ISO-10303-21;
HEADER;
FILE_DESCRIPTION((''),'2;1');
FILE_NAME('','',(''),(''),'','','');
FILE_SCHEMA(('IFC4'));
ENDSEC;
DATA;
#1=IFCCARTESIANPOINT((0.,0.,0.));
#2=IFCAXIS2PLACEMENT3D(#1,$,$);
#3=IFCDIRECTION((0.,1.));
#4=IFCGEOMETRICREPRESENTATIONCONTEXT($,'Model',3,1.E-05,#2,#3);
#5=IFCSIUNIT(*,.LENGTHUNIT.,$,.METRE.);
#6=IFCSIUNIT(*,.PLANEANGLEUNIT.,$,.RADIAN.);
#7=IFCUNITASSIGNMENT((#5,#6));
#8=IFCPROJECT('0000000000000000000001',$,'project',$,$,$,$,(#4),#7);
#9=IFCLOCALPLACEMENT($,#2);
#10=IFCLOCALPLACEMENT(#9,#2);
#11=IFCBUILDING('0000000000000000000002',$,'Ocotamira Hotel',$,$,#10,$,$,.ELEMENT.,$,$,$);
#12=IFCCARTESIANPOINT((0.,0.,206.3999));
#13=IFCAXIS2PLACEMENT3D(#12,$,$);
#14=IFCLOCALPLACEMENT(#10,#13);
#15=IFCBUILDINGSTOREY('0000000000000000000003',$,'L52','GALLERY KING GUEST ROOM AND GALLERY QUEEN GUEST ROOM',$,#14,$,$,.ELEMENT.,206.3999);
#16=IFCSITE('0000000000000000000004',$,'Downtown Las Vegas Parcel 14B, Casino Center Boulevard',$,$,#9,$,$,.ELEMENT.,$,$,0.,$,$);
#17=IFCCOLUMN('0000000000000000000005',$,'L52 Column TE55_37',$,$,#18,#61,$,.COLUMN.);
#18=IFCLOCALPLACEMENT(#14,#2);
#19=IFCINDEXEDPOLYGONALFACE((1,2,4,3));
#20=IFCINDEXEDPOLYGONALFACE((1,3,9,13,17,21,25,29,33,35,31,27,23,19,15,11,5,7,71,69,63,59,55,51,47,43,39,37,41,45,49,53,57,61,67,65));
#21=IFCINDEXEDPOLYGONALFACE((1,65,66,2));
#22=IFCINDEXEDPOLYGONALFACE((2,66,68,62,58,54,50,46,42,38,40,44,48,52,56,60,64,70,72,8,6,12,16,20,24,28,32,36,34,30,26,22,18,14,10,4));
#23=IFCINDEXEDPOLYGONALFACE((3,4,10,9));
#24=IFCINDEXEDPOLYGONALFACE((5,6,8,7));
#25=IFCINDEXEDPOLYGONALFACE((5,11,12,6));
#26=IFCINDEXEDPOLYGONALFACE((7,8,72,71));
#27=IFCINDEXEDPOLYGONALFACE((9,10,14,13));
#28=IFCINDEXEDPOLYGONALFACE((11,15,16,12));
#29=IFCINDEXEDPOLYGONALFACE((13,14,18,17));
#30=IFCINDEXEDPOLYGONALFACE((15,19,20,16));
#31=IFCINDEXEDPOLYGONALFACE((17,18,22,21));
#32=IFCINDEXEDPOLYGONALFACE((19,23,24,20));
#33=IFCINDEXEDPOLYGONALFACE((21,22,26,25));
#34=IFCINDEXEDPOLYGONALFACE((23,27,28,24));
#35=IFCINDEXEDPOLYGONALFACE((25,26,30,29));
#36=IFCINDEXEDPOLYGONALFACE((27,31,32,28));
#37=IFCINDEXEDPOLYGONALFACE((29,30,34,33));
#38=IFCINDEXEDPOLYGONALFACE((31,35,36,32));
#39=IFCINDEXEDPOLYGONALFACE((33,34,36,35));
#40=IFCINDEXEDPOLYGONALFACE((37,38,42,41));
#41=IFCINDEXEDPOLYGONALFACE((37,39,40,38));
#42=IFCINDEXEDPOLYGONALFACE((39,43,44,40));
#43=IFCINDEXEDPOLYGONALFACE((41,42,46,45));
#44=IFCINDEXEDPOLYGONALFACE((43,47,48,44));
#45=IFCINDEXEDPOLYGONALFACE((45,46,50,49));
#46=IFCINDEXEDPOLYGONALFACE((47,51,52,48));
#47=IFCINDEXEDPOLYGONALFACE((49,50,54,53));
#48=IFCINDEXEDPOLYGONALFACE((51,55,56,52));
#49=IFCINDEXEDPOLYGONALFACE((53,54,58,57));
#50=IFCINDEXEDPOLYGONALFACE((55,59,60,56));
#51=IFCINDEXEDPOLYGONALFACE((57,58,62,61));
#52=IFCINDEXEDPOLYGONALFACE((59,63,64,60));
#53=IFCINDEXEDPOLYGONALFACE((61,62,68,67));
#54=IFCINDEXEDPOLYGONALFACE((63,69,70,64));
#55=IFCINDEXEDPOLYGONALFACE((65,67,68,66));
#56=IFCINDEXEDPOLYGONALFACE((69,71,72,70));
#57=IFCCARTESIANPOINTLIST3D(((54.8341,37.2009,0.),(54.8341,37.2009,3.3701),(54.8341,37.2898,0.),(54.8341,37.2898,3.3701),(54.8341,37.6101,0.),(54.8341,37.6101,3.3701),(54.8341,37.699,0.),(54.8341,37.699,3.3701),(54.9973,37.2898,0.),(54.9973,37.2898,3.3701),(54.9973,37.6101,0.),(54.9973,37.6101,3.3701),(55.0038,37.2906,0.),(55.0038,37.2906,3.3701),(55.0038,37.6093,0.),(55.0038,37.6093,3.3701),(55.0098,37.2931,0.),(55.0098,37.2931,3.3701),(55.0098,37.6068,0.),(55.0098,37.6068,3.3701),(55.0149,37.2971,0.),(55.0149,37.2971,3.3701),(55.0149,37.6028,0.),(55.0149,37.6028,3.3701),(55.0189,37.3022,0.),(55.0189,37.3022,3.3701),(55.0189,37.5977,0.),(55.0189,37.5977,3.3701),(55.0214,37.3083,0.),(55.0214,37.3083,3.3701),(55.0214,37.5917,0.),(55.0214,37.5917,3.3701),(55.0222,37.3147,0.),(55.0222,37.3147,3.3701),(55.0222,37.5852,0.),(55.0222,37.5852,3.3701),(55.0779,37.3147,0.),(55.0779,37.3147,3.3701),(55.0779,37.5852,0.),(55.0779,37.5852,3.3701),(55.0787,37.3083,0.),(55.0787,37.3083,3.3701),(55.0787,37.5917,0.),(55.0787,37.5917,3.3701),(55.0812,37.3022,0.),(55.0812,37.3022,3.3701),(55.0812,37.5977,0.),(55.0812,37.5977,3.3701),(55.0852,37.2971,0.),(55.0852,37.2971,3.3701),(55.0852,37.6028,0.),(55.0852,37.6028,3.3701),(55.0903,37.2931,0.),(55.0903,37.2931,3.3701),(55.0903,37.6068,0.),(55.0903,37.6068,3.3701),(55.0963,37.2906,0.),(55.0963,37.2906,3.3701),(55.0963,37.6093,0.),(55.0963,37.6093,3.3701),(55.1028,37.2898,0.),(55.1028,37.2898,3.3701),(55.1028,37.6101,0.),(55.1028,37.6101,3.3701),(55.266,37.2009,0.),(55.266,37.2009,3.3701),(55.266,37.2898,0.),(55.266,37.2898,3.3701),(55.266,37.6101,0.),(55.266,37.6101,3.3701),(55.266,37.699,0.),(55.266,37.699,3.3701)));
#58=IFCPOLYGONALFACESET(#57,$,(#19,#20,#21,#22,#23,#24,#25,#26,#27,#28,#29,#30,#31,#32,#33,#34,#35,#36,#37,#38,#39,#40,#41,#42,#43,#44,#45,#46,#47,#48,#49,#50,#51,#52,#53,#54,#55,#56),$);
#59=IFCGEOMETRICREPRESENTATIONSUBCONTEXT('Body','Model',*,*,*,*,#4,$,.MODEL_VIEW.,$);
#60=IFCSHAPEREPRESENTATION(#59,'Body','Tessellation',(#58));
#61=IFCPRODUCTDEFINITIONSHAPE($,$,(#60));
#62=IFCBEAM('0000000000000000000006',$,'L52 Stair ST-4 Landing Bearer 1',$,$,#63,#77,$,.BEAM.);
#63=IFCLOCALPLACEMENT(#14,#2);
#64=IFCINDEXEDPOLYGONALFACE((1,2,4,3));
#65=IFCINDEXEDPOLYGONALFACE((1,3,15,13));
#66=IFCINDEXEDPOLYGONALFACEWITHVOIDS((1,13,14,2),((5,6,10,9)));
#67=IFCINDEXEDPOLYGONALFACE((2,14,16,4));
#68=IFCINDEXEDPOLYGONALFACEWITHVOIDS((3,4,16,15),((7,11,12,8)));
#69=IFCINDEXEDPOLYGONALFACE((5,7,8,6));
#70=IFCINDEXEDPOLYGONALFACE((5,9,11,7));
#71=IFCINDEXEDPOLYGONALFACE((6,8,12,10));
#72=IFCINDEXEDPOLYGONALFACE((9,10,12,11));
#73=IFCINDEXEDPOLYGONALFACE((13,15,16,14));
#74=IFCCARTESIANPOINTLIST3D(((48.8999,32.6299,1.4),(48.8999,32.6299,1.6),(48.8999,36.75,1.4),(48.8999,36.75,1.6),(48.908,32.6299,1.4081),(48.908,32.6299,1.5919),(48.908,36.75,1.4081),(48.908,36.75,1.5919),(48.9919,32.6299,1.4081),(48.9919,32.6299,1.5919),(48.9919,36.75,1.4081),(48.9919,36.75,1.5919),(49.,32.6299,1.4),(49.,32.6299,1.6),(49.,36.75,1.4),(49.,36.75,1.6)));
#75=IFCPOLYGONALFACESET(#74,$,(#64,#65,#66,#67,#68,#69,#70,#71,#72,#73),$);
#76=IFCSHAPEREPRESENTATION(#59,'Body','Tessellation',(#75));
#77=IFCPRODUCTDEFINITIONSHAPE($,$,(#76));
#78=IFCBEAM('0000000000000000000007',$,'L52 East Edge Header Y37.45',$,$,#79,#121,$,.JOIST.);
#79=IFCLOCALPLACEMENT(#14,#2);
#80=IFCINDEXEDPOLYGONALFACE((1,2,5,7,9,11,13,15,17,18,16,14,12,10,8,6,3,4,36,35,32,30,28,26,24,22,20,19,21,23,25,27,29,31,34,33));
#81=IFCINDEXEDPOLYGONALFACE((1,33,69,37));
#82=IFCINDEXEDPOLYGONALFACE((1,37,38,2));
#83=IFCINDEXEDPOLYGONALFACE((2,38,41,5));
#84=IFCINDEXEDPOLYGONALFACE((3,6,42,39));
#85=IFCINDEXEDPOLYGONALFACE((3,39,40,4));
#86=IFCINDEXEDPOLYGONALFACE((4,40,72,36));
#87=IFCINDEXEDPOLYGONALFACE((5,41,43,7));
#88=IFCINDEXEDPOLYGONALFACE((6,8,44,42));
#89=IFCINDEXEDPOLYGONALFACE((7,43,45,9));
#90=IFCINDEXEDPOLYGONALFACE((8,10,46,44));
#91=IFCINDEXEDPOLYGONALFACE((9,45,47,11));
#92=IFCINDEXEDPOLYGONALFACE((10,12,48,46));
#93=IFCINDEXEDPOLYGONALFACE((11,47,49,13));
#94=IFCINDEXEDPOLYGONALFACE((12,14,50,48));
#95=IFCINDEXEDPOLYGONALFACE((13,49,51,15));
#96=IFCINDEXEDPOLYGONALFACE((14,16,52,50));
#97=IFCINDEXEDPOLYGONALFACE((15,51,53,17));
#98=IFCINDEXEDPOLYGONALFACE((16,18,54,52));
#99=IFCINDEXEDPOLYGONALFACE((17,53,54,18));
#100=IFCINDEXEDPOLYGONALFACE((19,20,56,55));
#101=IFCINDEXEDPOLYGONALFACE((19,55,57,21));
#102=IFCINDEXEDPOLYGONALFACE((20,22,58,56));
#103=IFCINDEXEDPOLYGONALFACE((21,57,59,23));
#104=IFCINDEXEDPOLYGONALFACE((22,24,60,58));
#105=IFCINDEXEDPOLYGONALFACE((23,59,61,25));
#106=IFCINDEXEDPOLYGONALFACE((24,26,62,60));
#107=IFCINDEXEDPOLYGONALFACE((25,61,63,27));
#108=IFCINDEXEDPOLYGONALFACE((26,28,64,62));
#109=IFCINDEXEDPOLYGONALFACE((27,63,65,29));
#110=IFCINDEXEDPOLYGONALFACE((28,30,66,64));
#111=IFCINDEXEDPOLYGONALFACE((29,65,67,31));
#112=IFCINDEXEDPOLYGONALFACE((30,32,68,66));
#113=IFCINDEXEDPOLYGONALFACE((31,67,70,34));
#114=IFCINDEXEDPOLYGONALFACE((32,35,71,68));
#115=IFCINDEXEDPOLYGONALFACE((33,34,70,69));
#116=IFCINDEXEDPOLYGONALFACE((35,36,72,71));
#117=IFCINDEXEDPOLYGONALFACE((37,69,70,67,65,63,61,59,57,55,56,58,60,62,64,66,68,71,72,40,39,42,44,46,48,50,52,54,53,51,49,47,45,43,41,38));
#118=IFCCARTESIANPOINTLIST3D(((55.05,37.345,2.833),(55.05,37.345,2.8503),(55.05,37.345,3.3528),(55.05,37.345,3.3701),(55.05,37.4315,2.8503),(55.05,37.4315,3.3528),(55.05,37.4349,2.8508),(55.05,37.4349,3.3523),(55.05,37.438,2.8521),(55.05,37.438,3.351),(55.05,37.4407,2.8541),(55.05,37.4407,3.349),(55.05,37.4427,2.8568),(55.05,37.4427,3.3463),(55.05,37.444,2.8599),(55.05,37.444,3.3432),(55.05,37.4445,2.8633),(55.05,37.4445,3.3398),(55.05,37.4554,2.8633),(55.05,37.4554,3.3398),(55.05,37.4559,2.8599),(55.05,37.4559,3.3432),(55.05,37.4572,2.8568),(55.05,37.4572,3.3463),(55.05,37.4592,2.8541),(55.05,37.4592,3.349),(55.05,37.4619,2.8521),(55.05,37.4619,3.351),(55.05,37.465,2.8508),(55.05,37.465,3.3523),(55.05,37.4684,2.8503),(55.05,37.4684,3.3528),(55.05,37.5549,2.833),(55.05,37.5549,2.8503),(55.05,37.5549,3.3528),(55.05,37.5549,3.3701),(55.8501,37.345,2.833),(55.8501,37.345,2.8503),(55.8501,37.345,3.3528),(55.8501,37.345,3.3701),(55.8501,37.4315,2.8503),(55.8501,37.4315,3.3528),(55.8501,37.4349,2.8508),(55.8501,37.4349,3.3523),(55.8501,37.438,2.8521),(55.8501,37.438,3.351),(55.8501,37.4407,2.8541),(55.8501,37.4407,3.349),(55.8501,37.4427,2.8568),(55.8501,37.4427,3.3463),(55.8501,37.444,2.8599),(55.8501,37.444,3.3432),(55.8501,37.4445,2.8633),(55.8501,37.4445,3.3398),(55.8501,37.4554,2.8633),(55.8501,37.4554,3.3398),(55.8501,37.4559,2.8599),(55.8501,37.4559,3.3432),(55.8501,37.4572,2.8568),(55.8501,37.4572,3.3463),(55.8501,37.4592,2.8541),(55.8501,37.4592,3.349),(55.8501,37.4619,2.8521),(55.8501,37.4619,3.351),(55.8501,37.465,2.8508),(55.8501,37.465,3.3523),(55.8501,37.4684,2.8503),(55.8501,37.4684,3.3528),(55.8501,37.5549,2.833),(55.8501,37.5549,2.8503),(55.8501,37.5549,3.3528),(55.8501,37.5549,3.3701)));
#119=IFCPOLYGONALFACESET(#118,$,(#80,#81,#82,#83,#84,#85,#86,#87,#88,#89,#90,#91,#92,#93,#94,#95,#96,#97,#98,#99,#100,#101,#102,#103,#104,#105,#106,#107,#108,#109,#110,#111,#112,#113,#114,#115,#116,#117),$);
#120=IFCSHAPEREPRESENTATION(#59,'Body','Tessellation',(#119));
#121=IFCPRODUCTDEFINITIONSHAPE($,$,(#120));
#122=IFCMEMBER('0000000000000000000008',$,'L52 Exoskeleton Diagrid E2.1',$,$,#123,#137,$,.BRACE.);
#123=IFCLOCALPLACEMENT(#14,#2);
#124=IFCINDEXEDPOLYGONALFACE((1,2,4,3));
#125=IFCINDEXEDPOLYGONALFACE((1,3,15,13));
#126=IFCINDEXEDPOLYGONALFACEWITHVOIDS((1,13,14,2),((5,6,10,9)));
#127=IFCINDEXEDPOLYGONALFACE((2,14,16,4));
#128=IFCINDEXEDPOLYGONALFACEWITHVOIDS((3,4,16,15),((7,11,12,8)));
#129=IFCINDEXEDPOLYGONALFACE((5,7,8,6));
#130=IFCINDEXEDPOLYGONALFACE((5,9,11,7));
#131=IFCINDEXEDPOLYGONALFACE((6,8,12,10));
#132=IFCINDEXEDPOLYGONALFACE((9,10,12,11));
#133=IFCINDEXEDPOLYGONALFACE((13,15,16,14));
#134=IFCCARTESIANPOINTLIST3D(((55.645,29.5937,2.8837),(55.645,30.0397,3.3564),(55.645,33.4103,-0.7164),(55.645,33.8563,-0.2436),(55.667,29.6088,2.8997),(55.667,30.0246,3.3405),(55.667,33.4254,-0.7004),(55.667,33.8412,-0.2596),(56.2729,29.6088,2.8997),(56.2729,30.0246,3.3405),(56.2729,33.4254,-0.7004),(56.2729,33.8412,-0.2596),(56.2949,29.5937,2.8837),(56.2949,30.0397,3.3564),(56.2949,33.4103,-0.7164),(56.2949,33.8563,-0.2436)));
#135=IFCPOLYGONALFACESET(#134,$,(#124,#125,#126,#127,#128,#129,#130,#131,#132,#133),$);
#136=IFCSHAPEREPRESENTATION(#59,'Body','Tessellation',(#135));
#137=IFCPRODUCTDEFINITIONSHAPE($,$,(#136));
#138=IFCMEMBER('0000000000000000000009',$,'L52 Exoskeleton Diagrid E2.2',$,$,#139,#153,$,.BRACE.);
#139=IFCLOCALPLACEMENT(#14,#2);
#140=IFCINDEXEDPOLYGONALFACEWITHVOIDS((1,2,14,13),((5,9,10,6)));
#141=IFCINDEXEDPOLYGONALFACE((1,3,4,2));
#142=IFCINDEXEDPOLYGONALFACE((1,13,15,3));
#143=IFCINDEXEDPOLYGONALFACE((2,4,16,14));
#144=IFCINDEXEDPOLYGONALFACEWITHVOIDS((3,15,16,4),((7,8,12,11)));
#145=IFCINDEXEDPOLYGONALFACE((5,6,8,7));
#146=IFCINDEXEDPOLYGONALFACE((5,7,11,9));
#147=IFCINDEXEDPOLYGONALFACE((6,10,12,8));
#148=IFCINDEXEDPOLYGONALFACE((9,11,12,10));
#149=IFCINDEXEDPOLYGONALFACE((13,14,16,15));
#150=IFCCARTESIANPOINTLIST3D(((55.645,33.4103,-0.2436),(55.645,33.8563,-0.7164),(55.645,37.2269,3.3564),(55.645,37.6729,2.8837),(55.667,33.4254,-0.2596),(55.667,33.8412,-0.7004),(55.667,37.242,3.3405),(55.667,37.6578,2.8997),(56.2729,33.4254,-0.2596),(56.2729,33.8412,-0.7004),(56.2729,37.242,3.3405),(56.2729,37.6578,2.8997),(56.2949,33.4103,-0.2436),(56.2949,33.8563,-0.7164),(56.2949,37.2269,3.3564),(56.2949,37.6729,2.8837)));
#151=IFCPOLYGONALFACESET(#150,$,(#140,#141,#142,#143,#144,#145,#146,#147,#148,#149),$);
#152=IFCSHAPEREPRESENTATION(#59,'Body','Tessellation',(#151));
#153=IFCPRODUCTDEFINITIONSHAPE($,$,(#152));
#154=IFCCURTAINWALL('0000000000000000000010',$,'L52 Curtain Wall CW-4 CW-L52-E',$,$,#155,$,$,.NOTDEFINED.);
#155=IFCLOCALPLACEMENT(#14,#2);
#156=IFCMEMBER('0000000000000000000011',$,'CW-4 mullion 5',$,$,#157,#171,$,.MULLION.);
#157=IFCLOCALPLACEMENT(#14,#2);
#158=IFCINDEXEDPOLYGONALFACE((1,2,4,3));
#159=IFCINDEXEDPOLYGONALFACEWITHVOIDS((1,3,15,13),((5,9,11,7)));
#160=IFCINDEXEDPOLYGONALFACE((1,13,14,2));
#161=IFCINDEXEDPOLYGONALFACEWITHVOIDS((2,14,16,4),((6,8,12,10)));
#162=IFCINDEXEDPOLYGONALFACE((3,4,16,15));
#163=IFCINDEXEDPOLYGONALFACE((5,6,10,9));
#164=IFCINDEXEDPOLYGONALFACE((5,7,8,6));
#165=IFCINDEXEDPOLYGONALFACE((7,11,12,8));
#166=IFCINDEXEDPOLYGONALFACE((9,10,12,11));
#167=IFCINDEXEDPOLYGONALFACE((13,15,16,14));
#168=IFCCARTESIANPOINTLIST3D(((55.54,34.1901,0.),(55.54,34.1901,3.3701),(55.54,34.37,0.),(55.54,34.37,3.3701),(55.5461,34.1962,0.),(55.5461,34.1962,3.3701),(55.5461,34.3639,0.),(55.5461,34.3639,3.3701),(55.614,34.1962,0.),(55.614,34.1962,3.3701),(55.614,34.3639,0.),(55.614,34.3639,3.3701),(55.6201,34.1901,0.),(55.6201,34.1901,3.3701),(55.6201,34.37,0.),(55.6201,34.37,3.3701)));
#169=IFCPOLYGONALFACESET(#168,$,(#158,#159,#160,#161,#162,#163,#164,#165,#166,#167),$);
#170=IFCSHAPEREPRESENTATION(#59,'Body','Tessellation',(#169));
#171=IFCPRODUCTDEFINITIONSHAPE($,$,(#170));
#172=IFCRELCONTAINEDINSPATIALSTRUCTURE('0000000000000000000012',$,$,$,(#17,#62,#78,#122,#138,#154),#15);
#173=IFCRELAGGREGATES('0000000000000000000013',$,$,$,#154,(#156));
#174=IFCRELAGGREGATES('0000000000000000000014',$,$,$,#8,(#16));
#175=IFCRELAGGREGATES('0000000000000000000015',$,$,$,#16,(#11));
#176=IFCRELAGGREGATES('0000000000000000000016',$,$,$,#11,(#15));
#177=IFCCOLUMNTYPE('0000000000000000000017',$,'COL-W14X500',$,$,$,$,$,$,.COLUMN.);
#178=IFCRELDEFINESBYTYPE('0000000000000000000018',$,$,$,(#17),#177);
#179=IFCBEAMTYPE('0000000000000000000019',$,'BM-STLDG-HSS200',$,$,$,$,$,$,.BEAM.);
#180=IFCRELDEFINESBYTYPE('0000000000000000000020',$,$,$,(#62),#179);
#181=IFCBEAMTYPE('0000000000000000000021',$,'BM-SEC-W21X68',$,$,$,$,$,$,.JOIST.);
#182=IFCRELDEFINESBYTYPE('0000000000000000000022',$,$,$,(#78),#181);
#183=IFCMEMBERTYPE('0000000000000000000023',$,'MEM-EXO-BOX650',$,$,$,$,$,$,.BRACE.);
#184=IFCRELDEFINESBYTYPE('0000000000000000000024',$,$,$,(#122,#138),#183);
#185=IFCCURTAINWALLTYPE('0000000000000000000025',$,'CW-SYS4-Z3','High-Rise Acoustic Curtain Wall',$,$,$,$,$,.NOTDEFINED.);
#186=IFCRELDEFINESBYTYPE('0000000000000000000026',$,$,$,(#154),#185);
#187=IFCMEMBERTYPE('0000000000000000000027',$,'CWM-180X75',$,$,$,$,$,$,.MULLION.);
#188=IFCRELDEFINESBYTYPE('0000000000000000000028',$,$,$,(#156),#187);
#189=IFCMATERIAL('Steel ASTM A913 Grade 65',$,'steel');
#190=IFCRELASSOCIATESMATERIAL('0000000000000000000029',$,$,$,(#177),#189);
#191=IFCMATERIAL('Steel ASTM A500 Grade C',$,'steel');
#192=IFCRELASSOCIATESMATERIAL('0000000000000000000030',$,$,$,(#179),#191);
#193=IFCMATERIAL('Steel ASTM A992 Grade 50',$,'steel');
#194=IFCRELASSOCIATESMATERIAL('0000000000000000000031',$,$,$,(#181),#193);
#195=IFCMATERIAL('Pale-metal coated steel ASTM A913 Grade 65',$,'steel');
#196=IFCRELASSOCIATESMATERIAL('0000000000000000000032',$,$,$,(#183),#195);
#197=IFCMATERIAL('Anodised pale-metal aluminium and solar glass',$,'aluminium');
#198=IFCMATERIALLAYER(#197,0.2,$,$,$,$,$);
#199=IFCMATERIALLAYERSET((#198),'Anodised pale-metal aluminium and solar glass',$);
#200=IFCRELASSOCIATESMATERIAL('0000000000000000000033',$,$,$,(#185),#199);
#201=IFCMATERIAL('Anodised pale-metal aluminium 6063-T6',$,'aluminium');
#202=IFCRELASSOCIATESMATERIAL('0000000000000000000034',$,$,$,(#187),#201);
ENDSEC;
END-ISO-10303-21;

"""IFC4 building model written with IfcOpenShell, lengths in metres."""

from ifc_helpers import new_model, si_unit, direction, frame, origin, origin_2d, place, context, subcontext, project, spatial, hollow_rectangle, i_section, extrude, source, transform, mapped, material, layer, layer_set, material_profile, profile_set, type_object, element, aggregate, save


model = new_model("IFC4")

# Units and contexts
model_context = context("Model", 3, precision=1e-05, world=origin(), true_north=direction((0.0, 1.0)))
body_context = subcontext(model_context, "Body", "Model", "MODEL_VIEW")
ifc_project = project(units=[si_unit("LENGTHUNIT", "METRE"), si_unit("PLANEANGLEUNIT", "RADIAN")], contexts=[model_context])

# Site, building, storey
site_placement = place(None, origin())
site = spatial("IfcSite", under=ifc_project, at=site_placement, Name="Downtown Las Vegas Parcel 14B, Casino Center Boulevard", CompositionType="ELEMENT", RefElevation=0.0)
building_placement = place(site_placement, origin())
building = spatial("IfcBuilding", under=site, at=building_placement, Name="Ocotamira Hotel", CompositionType="ELEMENT")
storey_placement = place(building_placement, frame((0.0, 0.0, 206.3999)))
storey = spatial("IfcBuildingStorey", under=building, at=storey_placement, Name="L52", Description="GALLERY KING GUEST ROOM AND GALLERY QUEEN GUEST ROOM", CompositionType="ELEMENT", Elevation=206.3999)

# Column
ifc_material_1 = material(Name="Steel ASTM A913 Grade 65", Category="steel")
ifc_material_profile_1 = material_profile(ifc_material_1, i_section(OverallWidth=0.4319, OverallDepth=0.498, WebThickness=0.0557, FlangeThickness=0.0889, FilletRadius=0.0249, at=origin_2d()), Name="W14X500")
ifc_profile_set_1 = profile_set([ifc_material_profile_1], Name="Steel ASTM A913 Grade 65")
column_type = type_object("IfcColumnType", Name="COL-W14X500", PredefinedType="COLUMN", material=ifc_profile_set_1)
shared_shape_1 = source(origin(), body_context, "Body", "SweptSolid", [
    extrude(i_section(OverallWidth=0.4319, OverallDepth=0.498, WebThickness=0.0557, FlangeThickness=0.0889, FilletRadius=0.0249, at=origin_2d()), origin(), (0.0, 0.0, 1.0), 3.3701),
])
column_placement = place(storey_placement, frame((55.05, 37.45, 0.0), z_axis=(0.0, 0.0, 1.0), x_axis=(1.0, 0.0, 0.0)))
element("IfcColumn", 1, at=column_placement, inside=storey, type_object=column_type, Name="L52 Column TE55_37", PredefinedType="COLUMN", context=body_context, shape_type="MappedRepresentation", body=[
    mapped(shared_shape_1, transform((0.0, 0.0, 0.0), scale=1.0)),
])

# Beams
ifc_material_2 = material(Name="Steel ASTM A500 Grade C", Category="steel")
ifc_material_profile_2 = material_profile(ifc_material_2, hollow_rectangle(XDim=0.1001, YDim=0.2, WallThickness=0.0081, at=origin_2d()), Name="HSS200X100X8")
ifc_profile_set_2 = profile_set([ifc_material_profile_2], Name="Steel ASTM A500 Grade C")
beam_type_1 = type_object("IfcBeamType", Name="BM-STLDG-HSS200", PredefinedType="BEAM", material=ifc_profile_set_2)
shared_shape_2 = source(origin(), body_context, "Body", "SweptSolid", [
    extrude(hollow_rectangle(XDim=0.1001, YDim=0.2, WallThickness=0.0081, at=origin_2d()), origin(), (0.0, 0.0, 1.0), 4.1201),
])
beam_1_placement = place(storey_placement, frame((48.95, 32.6299, 1.5), z_axis=(0.0, 1.0, 0.0), x_axis=(-1.0, 0.0, 0.0)))
element("IfcBeam", 2, at=beam_1_placement, inside=storey, type_object=beam_type_1, Name="L52 Stair ST-4 Landing Bearer 1", PredefinedType="BEAM", context=body_context, shape_type="MappedRepresentation", body=[
    mapped(shared_shape_2, transform((0.0, 0.0, 0.0), scale=1.0)),
])
ifc_material_3 = material(Name="Steel ASTM A992 Grade 50", Category="steel")
ifc_material_profile_3 = material_profile(ifc_material_3, i_section(OverallWidth=0.21, OverallDepth=0.5371, WebThickness=0.011, FlangeThickness=0.0173, FilletRadius=0.0129, at=origin_2d()), Name="W21X68")
ifc_profile_set_3 = profile_set([ifc_material_profile_3], Name="Steel ASTM A992 Grade 50")
beam_type_2 = type_object("IfcBeamType", Name="BM-SEC-W21X68", PredefinedType="JOIST", material=ifc_profile_set_3)
shared_shape_3 = source(origin(), body_context, "Body", "SweptSolid", [
    extrude(i_section(OverallWidth=0.21, OverallDepth=0.5371, WebThickness=0.011, FlangeThickness=0.0173, FilletRadius=0.0129, at=origin_2d()), origin(), (0.0, 0.0, 1.0), 0.8),
])
beam_2_placement = place(storey_placement, frame((55.05, 37.45, 3.1016), z_axis=(1.0, 0.0, 0.0), x_axis=(0.0, 1.0, 0.0)))
element("IfcBeam", 3, at=beam_2_placement, inside=storey, type_object=beam_type_2, Name="L52 East Edge Header Y37.45", PredefinedType="JOIST", context=body_context, shape_type="MappedRepresentation", body=[
    mapped(shared_shape_3, transform((0.0, 0.0, 0.0), scale=1.0)),
])

# Members
ifc_material_4 = material(Name="Pale-metal coated steel ASTM A913 Grade 65", Category="steel")
ifc_material_profile_4 = material_profile(ifc_material_4, hollow_rectangle(XDim=0.6499, YDim=0.6499, WallThickness=0.022, at=origin_2d()), Name="BOX650X650X22")
ifc_profile_set_4 = profile_set([ifc_material_profile_4], Name="Pale-metal coated steel ASTM A913 Grade 65")
member_type_1 = type_object("IfcMemberType", Name="MEM-EXO-BOX650", PredefinedType="BRACE", material=ifc_profile_set_4)
shared_shape_4 = source(origin(), body_context, "Body", "SweptSolid", [
    extrude(hollow_rectangle(XDim=0.6499, YDim=0.6499, WallThickness=0.022, at=origin_2d()), origin(), (0.0, 0.0, 1.0), 5.2466),
])
for number, where, z_axis, x_axis, name in (
    (4, (55.97, 33.6333, -0.48), (0.0, -0.727443, 0.686168), (1.0, 0.0, 0.0), "L52 Exoskeleton Diagrid E2.1"),
    (5, (55.97, 33.6333, -0.48), (0.0, 0.727443, 0.686168), (-1.0, 0.0, 0.0), "L52 Exoskeleton Diagrid E2.2"),
):
    element("IfcMember", number, at=place(storey_placement, frame(where, z_axis=z_axis, x_axis=x_axis)), inside=storey, type_object=member_type_1, Name=name, PredefinedType="BRACE", context=body_context, shape_type="MappedRepresentation", body=[
        mapped(shared_shape_4, transform((0.0, 0.0, 0.0), scale=1.0)),
    ])

# Curtain wall, member
ifc_material_5 = material(Name="Anodised pale-metal aluminium and solar glass", Category="aluminium")
ifc_layer_1 = layer(ifc_material_5, 0.2)
ifc_layer_set_1 = layer_set([ifc_layer_1], Name="Anodised pale-metal aluminium and solar glass")
curtain_wall_type = type_object("IfcCurtainWallType", Name="CW-SYS4-Z3", Description="High-Rise Acoustic Curtain Wall", PredefinedType="NOTDEFINED", material=ifc_layer_set_1)
curtain_wall_placement = place(storey_placement, origin())
curtain_wall = element("IfcCurtainWall", 6, at=curtain_wall_placement, inside=storey, type_object=curtain_wall_type, Name="L52 Curtain Wall CW-4 CW-L52-E", PredefinedType="NOTDEFINED")
ifc_material_6 = material(Name="Anodised pale-metal aluminium 6063-T6", Category="aluminium")
ifc_material_profile_5 = material_profile(ifc_material_6, hollow_rectangle(XDim=0.0801, YDim=0.1799, WallThickness=0.0061, at=origin_2d()), Name="HSS180X80X6")
ifc_profile_set_5 = profile_set([ifc_material_profile_5], Name="Anodised pale-metal aluminium 6063-T6")
member_type_2 = type_object("IfcMemberType", Name="CWM-180X75", PredefinedType="MULLION", material=ifc_profile_set_5)
shared_shape_5 = source(origin(), body_context, "Body", "SweptSolid", [
    extrude(hollow_rectangle(XDim=0.0801, YDim=0.1799, WallThickness=0.0061, at=origin_2d()), origin(), (0.0, 0.0, 1.0), 3.3701),
])
member_1_placement = place(storey_placement, frame((55.5801, 34.28, 0.0), z_axis=(0.0, 0.0, 1.0), x_axis=(-1.0, 0.0, 0.0)))
member_1 = element("IfcMember", 7, at=member_1_placement, type_object=member_type_2, Name="CW-4 mullion 5", PredefinedType="MULLION", context=body_context, shape_type="MappedRepresentation", body=[
    mapped(shared_shape_5, transform((0.0, 0.0, 0.0), scale=1.0)),
])

aggregate(curtain_wall, [member_1])

save(model, "model.ifc")
